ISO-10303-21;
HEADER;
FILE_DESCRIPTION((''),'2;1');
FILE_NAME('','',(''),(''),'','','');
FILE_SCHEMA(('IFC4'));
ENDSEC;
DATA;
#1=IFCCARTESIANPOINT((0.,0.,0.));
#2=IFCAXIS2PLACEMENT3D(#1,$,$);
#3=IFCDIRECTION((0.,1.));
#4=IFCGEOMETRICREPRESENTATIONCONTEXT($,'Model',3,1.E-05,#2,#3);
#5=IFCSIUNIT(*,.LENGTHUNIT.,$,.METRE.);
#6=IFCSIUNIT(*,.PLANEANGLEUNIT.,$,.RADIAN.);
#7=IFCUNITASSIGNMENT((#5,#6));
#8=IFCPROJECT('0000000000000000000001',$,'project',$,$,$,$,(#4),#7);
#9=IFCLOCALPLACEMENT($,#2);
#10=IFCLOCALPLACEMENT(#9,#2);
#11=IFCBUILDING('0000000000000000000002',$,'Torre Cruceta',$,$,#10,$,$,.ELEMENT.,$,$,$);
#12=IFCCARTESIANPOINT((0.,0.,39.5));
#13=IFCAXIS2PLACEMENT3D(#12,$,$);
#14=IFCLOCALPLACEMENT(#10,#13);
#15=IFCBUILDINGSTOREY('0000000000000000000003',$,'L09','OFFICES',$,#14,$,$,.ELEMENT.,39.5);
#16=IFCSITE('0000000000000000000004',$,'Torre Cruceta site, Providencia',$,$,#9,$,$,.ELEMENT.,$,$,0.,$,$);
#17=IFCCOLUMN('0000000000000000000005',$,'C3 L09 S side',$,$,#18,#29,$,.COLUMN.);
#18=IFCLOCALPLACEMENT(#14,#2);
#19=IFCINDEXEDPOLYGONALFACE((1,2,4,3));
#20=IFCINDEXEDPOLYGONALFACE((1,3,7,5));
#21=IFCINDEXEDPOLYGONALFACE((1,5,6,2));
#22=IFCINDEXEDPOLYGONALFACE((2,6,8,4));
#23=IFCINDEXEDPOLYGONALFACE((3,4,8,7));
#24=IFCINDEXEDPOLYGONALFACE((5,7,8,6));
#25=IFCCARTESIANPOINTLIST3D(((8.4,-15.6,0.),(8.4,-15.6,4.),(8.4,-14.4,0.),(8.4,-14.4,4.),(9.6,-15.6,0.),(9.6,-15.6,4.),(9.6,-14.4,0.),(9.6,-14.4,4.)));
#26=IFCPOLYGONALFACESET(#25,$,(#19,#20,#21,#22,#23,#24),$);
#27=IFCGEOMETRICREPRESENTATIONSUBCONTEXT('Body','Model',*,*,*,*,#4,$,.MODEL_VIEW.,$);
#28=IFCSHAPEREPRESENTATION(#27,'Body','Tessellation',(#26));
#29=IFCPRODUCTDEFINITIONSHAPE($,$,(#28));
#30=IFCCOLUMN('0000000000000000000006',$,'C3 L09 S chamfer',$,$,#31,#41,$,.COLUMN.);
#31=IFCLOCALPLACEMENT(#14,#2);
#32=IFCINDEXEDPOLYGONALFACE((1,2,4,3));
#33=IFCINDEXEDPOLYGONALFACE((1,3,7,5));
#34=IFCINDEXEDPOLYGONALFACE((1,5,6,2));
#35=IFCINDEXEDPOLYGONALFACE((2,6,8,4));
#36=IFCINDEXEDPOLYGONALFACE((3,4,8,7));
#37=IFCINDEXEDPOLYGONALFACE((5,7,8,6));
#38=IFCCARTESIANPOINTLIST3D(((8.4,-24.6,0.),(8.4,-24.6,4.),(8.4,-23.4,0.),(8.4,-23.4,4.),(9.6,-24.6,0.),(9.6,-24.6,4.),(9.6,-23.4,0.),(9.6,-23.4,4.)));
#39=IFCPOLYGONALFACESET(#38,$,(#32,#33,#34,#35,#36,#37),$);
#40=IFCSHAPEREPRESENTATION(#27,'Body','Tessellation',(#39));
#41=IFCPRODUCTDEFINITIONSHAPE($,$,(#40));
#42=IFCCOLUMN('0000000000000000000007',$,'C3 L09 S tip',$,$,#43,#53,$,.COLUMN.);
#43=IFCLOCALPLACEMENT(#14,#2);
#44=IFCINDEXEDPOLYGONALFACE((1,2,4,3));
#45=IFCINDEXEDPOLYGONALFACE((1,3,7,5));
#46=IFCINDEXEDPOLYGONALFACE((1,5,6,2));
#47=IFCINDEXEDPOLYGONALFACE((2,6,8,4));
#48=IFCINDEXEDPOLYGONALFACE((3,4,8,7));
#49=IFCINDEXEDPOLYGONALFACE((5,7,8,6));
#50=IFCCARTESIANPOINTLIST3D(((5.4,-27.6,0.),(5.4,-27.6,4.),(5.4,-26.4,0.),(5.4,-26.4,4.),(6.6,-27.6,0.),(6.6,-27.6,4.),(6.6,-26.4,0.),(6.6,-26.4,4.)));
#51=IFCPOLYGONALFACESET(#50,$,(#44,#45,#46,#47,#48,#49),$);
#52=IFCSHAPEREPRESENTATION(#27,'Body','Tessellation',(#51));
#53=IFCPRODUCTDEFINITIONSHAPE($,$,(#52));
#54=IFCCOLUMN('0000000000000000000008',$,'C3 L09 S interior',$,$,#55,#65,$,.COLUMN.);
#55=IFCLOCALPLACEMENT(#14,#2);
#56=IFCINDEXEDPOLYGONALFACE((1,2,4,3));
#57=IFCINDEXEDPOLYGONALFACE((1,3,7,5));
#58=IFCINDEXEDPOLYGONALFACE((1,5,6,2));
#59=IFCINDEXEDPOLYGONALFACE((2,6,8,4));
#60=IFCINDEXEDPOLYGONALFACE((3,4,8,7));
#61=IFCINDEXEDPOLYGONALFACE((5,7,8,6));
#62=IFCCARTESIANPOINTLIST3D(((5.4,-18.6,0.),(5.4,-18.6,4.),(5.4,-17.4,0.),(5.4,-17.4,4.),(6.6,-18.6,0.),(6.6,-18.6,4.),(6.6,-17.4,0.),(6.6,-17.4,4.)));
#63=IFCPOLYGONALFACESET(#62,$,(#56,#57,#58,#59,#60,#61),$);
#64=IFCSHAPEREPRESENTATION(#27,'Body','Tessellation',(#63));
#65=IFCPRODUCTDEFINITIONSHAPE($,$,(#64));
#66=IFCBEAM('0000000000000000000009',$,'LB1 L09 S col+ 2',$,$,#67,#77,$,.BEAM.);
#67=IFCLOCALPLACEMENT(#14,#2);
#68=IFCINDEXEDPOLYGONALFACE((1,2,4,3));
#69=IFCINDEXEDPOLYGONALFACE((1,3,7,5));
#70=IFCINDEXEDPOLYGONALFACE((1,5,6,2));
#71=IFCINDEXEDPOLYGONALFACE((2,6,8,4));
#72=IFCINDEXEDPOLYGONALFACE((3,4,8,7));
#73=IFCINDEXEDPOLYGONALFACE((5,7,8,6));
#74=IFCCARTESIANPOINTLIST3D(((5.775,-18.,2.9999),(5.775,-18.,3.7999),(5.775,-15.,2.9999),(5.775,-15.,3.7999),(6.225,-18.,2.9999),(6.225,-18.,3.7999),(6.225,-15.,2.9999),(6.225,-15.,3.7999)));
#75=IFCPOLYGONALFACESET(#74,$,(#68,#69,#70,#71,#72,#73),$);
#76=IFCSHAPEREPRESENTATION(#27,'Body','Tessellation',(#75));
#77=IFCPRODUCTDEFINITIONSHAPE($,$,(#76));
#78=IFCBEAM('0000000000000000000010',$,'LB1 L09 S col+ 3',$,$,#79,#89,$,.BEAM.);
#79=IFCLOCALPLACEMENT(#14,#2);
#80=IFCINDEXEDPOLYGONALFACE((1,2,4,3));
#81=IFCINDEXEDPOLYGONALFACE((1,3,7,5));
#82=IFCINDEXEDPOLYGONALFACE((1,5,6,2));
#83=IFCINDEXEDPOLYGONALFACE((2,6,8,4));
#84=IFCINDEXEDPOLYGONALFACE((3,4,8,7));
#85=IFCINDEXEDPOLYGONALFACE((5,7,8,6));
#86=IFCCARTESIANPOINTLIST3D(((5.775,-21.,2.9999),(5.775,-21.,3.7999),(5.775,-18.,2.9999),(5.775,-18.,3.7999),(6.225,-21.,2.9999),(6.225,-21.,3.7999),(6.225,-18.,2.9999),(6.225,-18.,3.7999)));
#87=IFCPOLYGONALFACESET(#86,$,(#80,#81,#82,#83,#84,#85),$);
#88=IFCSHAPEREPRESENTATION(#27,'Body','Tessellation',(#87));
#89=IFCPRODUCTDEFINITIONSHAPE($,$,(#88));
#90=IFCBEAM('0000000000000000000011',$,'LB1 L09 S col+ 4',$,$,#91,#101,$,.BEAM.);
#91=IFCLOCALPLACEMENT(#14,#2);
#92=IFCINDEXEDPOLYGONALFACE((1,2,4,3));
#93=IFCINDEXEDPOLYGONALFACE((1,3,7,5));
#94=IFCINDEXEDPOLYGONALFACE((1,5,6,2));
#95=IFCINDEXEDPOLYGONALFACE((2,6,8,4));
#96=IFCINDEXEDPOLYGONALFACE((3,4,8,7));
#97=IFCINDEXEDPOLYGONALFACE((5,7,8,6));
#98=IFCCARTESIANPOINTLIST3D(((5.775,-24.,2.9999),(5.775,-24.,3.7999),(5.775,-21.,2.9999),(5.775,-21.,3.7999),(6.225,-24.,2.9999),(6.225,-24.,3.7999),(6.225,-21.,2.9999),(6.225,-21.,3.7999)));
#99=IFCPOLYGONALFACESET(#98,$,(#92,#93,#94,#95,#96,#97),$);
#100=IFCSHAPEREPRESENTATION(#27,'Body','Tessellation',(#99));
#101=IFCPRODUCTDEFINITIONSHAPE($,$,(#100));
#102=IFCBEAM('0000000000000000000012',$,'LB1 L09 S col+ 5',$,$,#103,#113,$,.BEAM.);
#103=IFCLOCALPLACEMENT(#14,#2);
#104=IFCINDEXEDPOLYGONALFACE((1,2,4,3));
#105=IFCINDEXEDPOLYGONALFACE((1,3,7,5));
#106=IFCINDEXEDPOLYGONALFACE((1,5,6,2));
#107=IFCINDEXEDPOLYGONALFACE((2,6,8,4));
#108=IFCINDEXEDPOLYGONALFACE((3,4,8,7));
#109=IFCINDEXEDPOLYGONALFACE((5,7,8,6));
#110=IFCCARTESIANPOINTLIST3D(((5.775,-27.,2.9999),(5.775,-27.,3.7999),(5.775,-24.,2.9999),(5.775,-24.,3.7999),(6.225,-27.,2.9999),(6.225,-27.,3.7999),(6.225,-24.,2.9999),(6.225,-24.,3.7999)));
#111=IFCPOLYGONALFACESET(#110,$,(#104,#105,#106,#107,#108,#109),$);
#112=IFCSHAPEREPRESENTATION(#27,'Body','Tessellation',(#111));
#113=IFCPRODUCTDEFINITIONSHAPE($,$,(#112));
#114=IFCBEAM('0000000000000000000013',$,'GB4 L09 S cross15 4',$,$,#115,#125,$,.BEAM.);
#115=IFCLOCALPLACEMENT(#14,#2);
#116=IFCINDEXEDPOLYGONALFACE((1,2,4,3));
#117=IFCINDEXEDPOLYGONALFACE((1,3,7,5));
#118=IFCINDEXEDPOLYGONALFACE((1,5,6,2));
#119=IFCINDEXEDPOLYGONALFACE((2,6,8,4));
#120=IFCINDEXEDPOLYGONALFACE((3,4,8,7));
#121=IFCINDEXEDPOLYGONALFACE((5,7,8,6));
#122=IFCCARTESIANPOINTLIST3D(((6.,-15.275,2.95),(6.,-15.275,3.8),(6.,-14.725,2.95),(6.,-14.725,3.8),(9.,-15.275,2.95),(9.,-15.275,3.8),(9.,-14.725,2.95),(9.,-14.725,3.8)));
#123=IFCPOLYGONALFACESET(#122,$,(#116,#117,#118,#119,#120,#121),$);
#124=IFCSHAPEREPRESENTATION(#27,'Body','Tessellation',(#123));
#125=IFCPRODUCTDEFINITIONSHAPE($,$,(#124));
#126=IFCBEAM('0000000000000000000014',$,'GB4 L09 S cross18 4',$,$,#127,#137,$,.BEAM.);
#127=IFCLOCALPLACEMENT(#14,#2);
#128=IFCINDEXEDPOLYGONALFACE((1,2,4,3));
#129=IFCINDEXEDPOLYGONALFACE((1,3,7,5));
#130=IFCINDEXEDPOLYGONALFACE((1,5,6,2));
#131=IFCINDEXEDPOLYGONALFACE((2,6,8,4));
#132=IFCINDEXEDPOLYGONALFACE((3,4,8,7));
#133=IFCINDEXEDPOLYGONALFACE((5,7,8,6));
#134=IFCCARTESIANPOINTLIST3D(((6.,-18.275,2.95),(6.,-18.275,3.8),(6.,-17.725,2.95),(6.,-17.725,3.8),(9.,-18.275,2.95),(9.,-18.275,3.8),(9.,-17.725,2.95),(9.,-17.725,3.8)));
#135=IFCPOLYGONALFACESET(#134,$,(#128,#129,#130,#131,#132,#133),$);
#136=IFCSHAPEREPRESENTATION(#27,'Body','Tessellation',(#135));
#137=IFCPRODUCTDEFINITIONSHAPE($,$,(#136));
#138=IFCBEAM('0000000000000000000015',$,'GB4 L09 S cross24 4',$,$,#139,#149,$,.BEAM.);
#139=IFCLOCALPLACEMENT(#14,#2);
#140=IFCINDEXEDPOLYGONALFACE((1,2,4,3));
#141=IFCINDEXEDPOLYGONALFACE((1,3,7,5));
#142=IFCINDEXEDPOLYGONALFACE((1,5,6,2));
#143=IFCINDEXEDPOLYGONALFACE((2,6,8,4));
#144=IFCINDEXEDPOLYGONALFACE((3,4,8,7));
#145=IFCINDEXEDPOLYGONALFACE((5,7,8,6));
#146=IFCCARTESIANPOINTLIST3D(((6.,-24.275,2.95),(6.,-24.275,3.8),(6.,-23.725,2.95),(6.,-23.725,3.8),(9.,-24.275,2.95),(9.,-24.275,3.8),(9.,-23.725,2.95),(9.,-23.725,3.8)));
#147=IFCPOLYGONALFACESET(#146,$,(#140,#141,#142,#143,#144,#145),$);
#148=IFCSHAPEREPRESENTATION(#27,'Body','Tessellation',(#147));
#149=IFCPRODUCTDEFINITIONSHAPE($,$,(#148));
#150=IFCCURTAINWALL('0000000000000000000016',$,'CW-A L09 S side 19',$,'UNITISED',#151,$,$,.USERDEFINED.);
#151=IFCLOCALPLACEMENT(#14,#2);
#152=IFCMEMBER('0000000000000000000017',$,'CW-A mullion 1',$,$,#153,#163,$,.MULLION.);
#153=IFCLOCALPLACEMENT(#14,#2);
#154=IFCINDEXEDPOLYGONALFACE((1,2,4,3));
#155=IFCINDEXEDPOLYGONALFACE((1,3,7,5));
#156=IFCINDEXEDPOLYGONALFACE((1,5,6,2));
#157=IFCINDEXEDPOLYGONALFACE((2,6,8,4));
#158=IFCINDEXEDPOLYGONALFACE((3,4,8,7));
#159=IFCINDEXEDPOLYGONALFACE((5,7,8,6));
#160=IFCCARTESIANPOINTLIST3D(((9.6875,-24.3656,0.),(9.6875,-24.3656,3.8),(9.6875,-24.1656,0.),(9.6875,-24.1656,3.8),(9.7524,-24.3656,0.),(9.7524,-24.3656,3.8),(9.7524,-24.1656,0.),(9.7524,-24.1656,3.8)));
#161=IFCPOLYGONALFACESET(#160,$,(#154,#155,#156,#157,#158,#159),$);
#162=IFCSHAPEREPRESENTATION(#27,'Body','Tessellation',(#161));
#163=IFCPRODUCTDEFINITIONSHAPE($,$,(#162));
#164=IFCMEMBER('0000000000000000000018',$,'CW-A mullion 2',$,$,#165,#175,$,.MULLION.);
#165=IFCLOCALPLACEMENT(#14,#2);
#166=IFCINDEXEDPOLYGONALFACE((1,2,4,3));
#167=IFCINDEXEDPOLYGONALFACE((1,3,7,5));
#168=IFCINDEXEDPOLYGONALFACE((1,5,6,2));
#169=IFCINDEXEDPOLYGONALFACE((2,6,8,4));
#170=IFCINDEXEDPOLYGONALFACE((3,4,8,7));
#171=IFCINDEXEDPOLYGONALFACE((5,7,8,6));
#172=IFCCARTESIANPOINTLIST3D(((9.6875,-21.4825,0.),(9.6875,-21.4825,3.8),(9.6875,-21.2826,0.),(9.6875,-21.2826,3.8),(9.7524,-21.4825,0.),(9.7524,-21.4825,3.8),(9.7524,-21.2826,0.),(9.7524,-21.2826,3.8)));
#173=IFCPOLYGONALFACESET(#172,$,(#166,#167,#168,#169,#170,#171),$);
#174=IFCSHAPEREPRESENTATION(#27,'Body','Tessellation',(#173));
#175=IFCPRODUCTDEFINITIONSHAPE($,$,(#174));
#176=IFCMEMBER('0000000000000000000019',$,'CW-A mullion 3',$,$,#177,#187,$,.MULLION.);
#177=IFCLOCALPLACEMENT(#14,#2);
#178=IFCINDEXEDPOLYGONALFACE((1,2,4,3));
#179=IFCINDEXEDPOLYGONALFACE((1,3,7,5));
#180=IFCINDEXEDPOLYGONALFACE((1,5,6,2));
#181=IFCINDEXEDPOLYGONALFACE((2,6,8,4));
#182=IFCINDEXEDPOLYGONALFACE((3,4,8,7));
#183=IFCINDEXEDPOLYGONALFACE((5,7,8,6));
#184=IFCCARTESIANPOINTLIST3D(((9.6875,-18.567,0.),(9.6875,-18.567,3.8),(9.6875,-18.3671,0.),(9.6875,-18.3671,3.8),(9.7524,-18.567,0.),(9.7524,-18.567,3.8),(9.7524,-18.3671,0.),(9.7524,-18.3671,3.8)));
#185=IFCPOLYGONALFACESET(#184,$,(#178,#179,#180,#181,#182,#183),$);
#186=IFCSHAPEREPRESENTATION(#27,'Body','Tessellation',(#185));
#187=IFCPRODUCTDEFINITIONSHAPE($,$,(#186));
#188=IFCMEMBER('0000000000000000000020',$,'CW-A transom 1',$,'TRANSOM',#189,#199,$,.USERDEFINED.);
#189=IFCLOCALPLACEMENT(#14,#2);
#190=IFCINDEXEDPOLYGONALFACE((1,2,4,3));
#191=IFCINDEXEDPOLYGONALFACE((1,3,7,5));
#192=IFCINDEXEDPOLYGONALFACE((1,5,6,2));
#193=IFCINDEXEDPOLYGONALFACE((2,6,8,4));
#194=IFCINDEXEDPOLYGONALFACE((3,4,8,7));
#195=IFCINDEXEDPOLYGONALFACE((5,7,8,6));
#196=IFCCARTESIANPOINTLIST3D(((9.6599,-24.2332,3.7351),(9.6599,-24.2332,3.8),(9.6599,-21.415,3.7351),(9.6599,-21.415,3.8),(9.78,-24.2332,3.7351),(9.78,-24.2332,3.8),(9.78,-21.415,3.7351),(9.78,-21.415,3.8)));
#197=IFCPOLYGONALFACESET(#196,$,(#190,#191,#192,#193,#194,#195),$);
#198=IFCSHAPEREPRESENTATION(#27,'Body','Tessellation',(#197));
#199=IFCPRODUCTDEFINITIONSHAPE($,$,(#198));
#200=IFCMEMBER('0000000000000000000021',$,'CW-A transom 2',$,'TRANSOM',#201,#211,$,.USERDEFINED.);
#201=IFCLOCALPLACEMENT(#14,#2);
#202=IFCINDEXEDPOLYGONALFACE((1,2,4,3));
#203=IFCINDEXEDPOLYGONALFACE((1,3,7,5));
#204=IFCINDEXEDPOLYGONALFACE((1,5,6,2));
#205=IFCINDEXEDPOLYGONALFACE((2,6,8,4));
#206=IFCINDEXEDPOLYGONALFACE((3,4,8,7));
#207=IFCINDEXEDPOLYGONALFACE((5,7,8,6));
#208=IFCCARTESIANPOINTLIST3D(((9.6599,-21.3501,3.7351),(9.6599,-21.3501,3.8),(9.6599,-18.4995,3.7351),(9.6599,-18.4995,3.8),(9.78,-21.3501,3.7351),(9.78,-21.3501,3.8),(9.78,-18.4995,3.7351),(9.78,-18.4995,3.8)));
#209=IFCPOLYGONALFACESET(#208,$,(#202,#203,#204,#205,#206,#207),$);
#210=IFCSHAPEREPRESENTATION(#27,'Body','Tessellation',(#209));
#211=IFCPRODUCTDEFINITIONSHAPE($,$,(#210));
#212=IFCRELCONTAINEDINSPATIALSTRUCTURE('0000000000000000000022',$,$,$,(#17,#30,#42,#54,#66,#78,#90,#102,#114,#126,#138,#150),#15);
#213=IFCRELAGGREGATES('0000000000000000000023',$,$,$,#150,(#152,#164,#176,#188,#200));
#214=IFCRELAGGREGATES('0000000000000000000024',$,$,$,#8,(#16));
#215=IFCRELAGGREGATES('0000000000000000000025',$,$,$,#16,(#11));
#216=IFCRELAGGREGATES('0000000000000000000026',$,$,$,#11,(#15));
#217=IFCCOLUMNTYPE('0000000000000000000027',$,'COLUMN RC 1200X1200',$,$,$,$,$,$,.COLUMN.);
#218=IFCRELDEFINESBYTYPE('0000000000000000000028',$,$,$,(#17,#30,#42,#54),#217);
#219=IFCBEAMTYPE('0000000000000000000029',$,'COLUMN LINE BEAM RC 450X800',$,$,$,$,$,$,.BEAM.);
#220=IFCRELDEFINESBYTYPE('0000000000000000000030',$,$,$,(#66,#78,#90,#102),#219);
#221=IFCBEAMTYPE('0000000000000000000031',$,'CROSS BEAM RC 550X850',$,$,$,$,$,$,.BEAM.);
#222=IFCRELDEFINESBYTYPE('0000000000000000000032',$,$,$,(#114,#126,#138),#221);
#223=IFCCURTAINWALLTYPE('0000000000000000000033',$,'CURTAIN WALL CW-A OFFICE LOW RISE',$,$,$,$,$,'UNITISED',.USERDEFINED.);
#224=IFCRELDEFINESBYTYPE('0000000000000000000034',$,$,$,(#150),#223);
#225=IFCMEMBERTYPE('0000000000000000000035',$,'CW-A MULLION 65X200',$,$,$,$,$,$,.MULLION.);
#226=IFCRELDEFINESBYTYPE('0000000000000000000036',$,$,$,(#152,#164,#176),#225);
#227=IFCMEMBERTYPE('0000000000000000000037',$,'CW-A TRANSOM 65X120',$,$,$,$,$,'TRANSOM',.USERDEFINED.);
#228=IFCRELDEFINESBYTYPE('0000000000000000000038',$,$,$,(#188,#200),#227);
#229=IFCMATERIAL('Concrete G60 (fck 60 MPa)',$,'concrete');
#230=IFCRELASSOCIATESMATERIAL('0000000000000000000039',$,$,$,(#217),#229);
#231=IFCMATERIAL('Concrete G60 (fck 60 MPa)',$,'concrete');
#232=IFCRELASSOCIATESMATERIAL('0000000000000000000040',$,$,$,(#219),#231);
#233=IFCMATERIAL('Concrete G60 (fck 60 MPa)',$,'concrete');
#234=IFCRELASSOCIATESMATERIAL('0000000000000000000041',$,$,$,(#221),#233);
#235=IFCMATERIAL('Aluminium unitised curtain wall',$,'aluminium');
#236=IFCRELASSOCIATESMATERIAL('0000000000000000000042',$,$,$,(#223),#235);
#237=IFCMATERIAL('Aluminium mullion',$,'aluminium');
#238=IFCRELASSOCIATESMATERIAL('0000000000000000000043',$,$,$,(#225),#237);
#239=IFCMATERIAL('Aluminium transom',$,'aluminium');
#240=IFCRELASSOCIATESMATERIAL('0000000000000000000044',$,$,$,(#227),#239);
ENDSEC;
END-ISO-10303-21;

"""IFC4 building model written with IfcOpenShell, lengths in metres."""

from ifc_helpers import new_model, si_unit, direction, frame, origin, origin_2d, place, context, subcontext, project, spatial, rectangle, extrude, material, material_profile, profile_set, type_object, element, aggregate, save


model = new_model("IFC4")

# Units and contexts
model_context = context("Model", 3, precision=1e-05, world=origin(), true_north=direction((0.0, 1.0)))
body_context = subcontext(model_context, "Body", "Model", "MODEL_VIEW")
ifc_project = project(units=[si_unit("LENGTHUNIT", "METRE"), si_unit("PLANEANGLEUNIT", "RADIAN")], contexts=[model_context])

# Site, building, storey
site_placement = place(None, origin())
site = spatial("IfcSite", under=ifc_project, at=site_placement, Name="Torre Cruceta site, Providencia", CompositionType="ELEMENT", RefElevation=0.0)
building_placement = place(site_placement, origin())
building = spatial("IfcBuilding", under=site, at=building_placement, Name="Torre Cruceta", CompositionType="ELEMENT")
storey_placement = place(building_placement, frame((0.0, 0.0, 39.5)))
storey = spatial("IfcBuildingStorey", under=building, at=storey_placement, Name="L09", Description="OFFICES", CompositionType="ELEMENT", Elevation=39.5)

# Columns
ifc_material_1 = material(Name="Concrete G60 (fck 60 MPa)", Category="concrete")
ifc_material_profile_1 = material_profile(ifc_material_1, rectangle(XDim=1.2, YDim=1.2, at=origin_2d()), Name="RC 1200X1200")
ifc_profile_set_1 = profile_set([ifc_material_profile_1], Name="Concrete G60 (fck 60 MPa)")
column_type = type_object("IfcColumnType", Name="COLUMN RC 1200X1200", PredefinedType="COLUMN", material=ifc_profile_set_1)
for number, where, z_axis, x_axis, name in (
    (1, (9.0, -15.0, 0.0), (0.0, 0.0, 1.0), (1.0, 0.0, 0.0), "C3 L09 S side"),
    (2, (9.0, -24.0, 0.0), (0.0, 0.0, 1.0), (1.0, 0.0, 0.0), "C3 L09 S chamfer"),
    (3, (6.0, -27.0, 0.0), (0.0, 0.0, 1.0), (1.0, 0.0, 0.0), "C3 L09 S tip"),
    (4, (6.0, -18.0, 0.0), (0.0, 0.0, 1.0), (1.0, 0.0, 0.0), "C3 L09 S interior"),
):
    element("IfcColumn", number, at=place(storey_placement, frame(where, z_axis=z_axis, x_axis=x_axis)), inside=storey, type_object=column_type, Name=name, PredefinedType="COLUMN", context=body_context, shape_type="SweptSolid", body=[
        extrude(rectangle(XDim=1.2, YDim=1.2, at=origin_2d()), origin(), (0.0, 0.0, 1.0), 4.0),
    ])

# Beams
ifc_material_2 = material(Name="Concrete G60 (fck 60 MPa)", Category="concrete")
ifc_material_profile_2 = material_profile(ifc_material_2, rectangle(XDim=0.45, YDim=0.8, at=origin_2d()), Name="RC 450X800")
ifc_profile_set_2 = profile_set([ifc_material_profile_2], Name="Concrete G60 (fck 60 MPa)")
beam_type_1 = type_object("IfcBeamType", Name="COLUMN LINE BEAM RC 450X800", PredefinedType="BEAM", material=ifc_profile_set_2)
for number, where, z_axis, x_axis, name in (
    (5, (6.0, -15.0, 3.3999), (0.0, -1.0, 0.0), (1.0, 0.0, 0.0), "LB1 L09 S col+ 2"),
    (6, (6.0, -18.0, 3.3999), (0.0, -1.0, 0.0), (1.0, 0.0, 0.0), "LB1 L09 S col+ 3"),
    (7, (6.0, -21.0, 3.3999), (0.0, -1.0, 0.0), (1.0, 0.0, 0.0), "LB1 L09 S col+ 4"),
    (8, (6.0, -24.0, 3.3999), (0.0, -1.0, 0.0), (1.0, 0.0, 0.0), "LB1 L09 S col+ 5"),
):
    element("IfcBeam", number, at=place(storey_placement, frame(where, z_axis=z_axis, x_axis=x_axis)), inside=storey, type_object=beam_type_1, Name=name, PredefinedType="BEAM", context=body_context, shape_type="SweptSolid", body=[
        extrude(rectangle(XDim=0.45, YDim=0.8, at=origin_2d()), origin(), (0.0, 0.0, 1.0), 3.0),
    ])
ifc_material_3 = material(Name="Concrete G60 (fck 60 MPa)", Category="concrete")
ifc_material_profile_3 = material_profile(ifc_material_3, rectangle(XDim=0.55, YDim=0.8501, at=origin_2d()), Name="RC 550X850")
ifc_profile_set_3 = profile_set([ifc_material_profile_3], Name="Concrete G60 (fck 60 MPa)")
beam_type_2 = type_object("IfcBeamType", Name="CROSS BEAM RC 550X850", PredefinedType="BEAM", material=ifc_profile_set_3)
for number, where, z_axis, x_axis, name in (
    (9, (6.0, -15.0, 3.375), (1.0, 0.0, 0.0), (0.0, 1.0, 0.0), "GB4 L09 S cross15 4"),
    (10, (6.0, -18.0, 3.375), (1.0, 0.0, 0.0), (0.0, 1.0, 0.0), "GB4 L09 S cross18 4"),
    (11, (6.0, -24.0, 3.375), (1.0, 0.0, 0.0), (0.0, 1.0, 0.0), "GB4 L09 S cross24 4"),
):
    element("IfcBeam", number, at=place(storey_placement, frame(where, z_axis=z_axis, x_axis=x_axis)), inside=storey, type_object=beam_type_2, Name=name, PredefinedType="BEAM", context=body_context, shape_type="SweptSolid", body=[
        extrude(rectangle(XDim=0.55, YDim=0.8501, at=origin_2d()), origin(), (0.0, 0.0, 1.0), 3.0),
    ])

# Curtain wall, members
ifc_material_4 = material(Name="Aluminium unitised curtain wall", Category="aluminium")
curtain_wall_type = type_object("IfcCurtainWallType", Name="CURTAIN WALL CW-A OFFICE LOW RISE", ElementType="UNITISED", PredefinedType="USERDEFINED", material=ifc_material_4)
curtain_wall_placement = place(storey_placement, origin())
curtain_wall = element("IfcCurtainWall", 12, at=curtain_wall_placement, inside=storey, type_object=curtain_wall_type, Name="CW-A L09 S side 19", ObjectType="UNITISED", PredefinedType="USERDEFINED")
ifc_material_5 = material(Name="Aluminium mullion", Category="aluminium")
ifc_material_profile_4 = material_profile(ifc_material_5, rectangle(XDim=0.0649, YDim=0.2, at=origin_2d()), Name="AL 65X200")
ifc_profile_set_4 = profile_set([ifc_material_profile_4], Name="Aluminium mullion")
member_type_1 = type_object("IfcMemberType", Name="CW-A MULLION 65X200", PredefinedType="MULLION", material=ifc_profile_set_4)
member_1_placement = place(storey_placement, frame((9.72, -24.2656, 0.0), z_axis=(0.0, 0.0, 1.0), x_axis=(-1.0, 0.0, 0.0)))
member_1 = element("IfcMember", 13, at=member_1_placement, type_object=member_type_1, Name="CW-A mullion 1", PredefinedType="MULLION", context=body_context, shape_type="SweptSolid", body=[
    extrude(rectangle(XDim=0.0649, YDim=0.2, at=origin_2d()), origin(), (0.0, 0.0, 1.0), 3.8),
])
member_2_placement = place(storey_placement, frame((9.72, -21.3826, 0.0), z_axis=(0.0, 0.0, 1.0), x_axis=(-1.0, 0.0, 0.0)))
member_2 = element("IfcMember", 14, at=member_2_placement, type_object=member_type_1, Name="CW-A mullion 2", PredefinedType="MULLION", context=body_context, shape_type="SweptSolid", body=[
    extrude(rectangle(XDim=0.0649, YDim=0.2, at=origin_2d()), origin(), (0.0, 0.0, 1.0), 3.8),
])
member_3_placement = place(storey_placement, frame((9.72, -18.467, 0.0), z_axis=(0.0, 0.0, 1.0), x_axis=(-1.0, 0.0, 0.0)))
member_3 = element("IfcMember", 15, at=member_3_placement, type_object=member_type_1, Name="CW-A mullion 3", PredefinedType="MULLION", context=body_context, shape_type="SweptSolid", body=[
    extrude(rectangle(XDim=0.0649, YDim=0.2, at=origin_2d()), origin(), (0.0, 0.0, 1.0), 3.8),
])
ifc_material_6 = material(Name="Aluminium transom", Category="aluminium")
ifc_material_profile_5 = material_profile(ifc_material_6, rectangle(XDim=0.1201, YDim=0.0649, at=origin_2d()), Name="AL 120X65")
ifc_profile_set_5 = profile_set([ifc_material_profile_5], Name="Aluminium transom")
member_type_2 = type_object("IfcMemberType", Name="CW-A TRANSOM 65X120", ElementType="TRANSOM", PredefinedType="USERDEFINED", material=ifc_profile_set_5)
member_4_placement = place(storey_placement, frame((9.72, -24.2332, 3.7676), z_axis=(0.0, 1.0, 0.0), x_axis=(-1.0, 0.0, 0.0)))
member_4 = element("IfcMember", 16, at=member_4_placement, type_object=member_type_2, Name="CW-A transom 1", ObjectType="TRANSOM", PredefinedType="USERDEFINED", context=body_context, shape_type="SweptSolid", body=[
    extrude(rectangle(XDim=0.1201, YDim=0.0649, at=origin_2d()), origin(), (0.0, 0.0, 1.0), 2.8181),
])
member_5_placement = place(storey_placement, frame((9.72, -21.3501, 3.7676), z_axis=(0.0, 1.0, 0.0), x_axis=(-1.0, 0.0, 0.0)))
member_5 = element("IfcMember", 17, at=member_5_placement, type_object=member_type_2, Name="CW-A transom 2", ObjectType="TRANSOM", PredefinedType="USERDEFINED", context=body_context, shape_type="SweptSolid", body=[
    extrude(rectangle(XDim=0.1201, YDim=0.0649, at=origin_2d()), origin(), (0.0, 0.0, 1.0), 2.8506),
])

aggregate(curtain_wall, [member_1, member_2, member_3, member_4, member_5])

save(model, "model.ifc")
